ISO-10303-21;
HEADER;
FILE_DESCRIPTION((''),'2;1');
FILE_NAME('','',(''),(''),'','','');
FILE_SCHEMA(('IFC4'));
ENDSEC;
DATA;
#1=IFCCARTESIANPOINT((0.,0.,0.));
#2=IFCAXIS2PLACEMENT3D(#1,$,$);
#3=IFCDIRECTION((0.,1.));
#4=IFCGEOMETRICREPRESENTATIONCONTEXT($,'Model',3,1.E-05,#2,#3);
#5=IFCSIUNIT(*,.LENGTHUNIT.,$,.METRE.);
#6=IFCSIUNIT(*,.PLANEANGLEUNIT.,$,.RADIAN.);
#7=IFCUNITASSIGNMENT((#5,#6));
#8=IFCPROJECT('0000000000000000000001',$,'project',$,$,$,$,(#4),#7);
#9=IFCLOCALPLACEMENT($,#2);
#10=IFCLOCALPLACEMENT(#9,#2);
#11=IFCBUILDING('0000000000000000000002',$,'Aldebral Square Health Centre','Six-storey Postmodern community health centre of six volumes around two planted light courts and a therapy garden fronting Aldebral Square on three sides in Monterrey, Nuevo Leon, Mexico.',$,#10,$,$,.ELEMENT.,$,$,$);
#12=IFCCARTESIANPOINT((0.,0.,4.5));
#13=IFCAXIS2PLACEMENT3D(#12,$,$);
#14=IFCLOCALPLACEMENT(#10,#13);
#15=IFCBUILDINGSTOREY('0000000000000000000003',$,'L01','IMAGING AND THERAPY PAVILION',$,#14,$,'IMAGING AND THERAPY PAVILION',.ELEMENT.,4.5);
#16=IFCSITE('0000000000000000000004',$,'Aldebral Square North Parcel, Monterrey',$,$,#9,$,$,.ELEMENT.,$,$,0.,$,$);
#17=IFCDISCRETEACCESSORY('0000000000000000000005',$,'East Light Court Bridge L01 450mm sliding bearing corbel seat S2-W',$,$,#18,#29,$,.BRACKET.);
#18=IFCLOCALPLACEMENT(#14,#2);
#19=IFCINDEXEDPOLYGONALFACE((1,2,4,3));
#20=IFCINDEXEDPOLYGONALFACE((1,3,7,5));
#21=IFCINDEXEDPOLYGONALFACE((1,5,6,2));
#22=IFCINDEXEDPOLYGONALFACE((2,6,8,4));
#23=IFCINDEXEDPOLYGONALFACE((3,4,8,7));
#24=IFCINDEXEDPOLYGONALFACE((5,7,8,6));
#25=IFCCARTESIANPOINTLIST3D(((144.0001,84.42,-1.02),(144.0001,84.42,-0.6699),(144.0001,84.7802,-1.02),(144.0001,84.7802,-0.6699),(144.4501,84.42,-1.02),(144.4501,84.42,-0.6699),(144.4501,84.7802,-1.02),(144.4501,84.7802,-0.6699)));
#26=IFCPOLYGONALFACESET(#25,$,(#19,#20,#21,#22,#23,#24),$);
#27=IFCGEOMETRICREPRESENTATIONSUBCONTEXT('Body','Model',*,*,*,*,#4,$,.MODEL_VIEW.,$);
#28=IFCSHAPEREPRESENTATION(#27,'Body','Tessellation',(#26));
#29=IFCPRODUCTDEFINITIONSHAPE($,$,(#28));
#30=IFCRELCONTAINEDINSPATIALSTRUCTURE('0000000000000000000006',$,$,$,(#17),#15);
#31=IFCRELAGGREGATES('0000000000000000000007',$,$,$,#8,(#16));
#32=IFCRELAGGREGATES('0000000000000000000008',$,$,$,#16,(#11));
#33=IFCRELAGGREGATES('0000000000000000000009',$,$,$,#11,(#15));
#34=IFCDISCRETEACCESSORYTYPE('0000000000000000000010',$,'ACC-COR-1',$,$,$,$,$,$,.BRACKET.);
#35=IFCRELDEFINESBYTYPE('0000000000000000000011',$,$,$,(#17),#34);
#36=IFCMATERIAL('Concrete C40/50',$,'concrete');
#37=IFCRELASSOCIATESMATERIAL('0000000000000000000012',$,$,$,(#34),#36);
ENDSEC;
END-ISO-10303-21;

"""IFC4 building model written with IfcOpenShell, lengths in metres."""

from ifc_helpers import new_model, si_unit, direction, frame, origin, origin_2d, place, context, subcontext, project, spatial, rectangle, extrude, material, type_object, element, save


model = new_model("IFC4")

# Units and contexts
model_context = context("Model", 3, precision=1e-05, world=origin(), true_north=direction((0.0, 1.0)))
body_context = subcontext(model_context, "Body", "Model", "MODEL_VIEW")
ifc_project = project(units=[si_unit("LENGTHUNIT", "METRE"), si_unit("PLANEANGLEUNIT", "RADIAN")], contexts=[model_context])

# Site, building, storey
site_placement = place(None, origin())
site = spatial("IfcSite", under=ifc_project, at=site_placement, Name="Aldebral Square North Parcel, Monterrey", CompositionType="ELEMENT", RefElevation=0.0)
building_placement = place(site_placement, origin())
building = spatial("IfcBuilding", under=site, at=building_placement, Name="Aldebral Square Health Centre", Description="Six-storey Postmodern community health centre of six volumes around two planted light courts and a therapy garden fronting Aldebral Square on three sides in Monterrey, Nuevo Leon, Mexico.", CompositionType="ELEMENT")
storey_placement = place(building_placement, frame((0.0, 0.0, 4.5)))
storey = spatial("IfcBuildingStorey", under=building, at=storey_placement, Name="L01", Description="IMAGING AND THERAPY PAVILION", LongName="IMAGING AND THERAPY PAVILION", CompositionType="ELEMENT", Elevation=4.5)

# Shared definitions
ifc_material_1 = material(Name="Concrete C40/50", Category="concrete")

# Discrete accessory
discrete_accessory_type_1 = type_object("IfcDiscreteAccessoryType", Name="ACC-COR-1", PredefinedType="BRACKET", material=ifc_material_1)
discrete_accessory_placement = place(storey_placement, frame((144.2251, 84.6001, -1.02), z_axis=(0.0, 0.0, 1.0), x_axis=(1.0, 0.0, 0.0)))
element("IfcDiscreteAccessory", 1, at=discrete_accessory_placement, inside=storey, type_object=discrete_accessory_type_1, Name="East Light Court Bridge L01 450mm sliding bearing corbel seat S2-W", PredefinedType="BRACKET", context=body_context, shape_type="SweptSolid", body=[
    extrude(rectangle(XDim=0.45, YDim=0.3601, at=origin_2d()), origin(), (0.0, 0.0, 1.0), 0.3501),
])

save(model, "model.ifc")
